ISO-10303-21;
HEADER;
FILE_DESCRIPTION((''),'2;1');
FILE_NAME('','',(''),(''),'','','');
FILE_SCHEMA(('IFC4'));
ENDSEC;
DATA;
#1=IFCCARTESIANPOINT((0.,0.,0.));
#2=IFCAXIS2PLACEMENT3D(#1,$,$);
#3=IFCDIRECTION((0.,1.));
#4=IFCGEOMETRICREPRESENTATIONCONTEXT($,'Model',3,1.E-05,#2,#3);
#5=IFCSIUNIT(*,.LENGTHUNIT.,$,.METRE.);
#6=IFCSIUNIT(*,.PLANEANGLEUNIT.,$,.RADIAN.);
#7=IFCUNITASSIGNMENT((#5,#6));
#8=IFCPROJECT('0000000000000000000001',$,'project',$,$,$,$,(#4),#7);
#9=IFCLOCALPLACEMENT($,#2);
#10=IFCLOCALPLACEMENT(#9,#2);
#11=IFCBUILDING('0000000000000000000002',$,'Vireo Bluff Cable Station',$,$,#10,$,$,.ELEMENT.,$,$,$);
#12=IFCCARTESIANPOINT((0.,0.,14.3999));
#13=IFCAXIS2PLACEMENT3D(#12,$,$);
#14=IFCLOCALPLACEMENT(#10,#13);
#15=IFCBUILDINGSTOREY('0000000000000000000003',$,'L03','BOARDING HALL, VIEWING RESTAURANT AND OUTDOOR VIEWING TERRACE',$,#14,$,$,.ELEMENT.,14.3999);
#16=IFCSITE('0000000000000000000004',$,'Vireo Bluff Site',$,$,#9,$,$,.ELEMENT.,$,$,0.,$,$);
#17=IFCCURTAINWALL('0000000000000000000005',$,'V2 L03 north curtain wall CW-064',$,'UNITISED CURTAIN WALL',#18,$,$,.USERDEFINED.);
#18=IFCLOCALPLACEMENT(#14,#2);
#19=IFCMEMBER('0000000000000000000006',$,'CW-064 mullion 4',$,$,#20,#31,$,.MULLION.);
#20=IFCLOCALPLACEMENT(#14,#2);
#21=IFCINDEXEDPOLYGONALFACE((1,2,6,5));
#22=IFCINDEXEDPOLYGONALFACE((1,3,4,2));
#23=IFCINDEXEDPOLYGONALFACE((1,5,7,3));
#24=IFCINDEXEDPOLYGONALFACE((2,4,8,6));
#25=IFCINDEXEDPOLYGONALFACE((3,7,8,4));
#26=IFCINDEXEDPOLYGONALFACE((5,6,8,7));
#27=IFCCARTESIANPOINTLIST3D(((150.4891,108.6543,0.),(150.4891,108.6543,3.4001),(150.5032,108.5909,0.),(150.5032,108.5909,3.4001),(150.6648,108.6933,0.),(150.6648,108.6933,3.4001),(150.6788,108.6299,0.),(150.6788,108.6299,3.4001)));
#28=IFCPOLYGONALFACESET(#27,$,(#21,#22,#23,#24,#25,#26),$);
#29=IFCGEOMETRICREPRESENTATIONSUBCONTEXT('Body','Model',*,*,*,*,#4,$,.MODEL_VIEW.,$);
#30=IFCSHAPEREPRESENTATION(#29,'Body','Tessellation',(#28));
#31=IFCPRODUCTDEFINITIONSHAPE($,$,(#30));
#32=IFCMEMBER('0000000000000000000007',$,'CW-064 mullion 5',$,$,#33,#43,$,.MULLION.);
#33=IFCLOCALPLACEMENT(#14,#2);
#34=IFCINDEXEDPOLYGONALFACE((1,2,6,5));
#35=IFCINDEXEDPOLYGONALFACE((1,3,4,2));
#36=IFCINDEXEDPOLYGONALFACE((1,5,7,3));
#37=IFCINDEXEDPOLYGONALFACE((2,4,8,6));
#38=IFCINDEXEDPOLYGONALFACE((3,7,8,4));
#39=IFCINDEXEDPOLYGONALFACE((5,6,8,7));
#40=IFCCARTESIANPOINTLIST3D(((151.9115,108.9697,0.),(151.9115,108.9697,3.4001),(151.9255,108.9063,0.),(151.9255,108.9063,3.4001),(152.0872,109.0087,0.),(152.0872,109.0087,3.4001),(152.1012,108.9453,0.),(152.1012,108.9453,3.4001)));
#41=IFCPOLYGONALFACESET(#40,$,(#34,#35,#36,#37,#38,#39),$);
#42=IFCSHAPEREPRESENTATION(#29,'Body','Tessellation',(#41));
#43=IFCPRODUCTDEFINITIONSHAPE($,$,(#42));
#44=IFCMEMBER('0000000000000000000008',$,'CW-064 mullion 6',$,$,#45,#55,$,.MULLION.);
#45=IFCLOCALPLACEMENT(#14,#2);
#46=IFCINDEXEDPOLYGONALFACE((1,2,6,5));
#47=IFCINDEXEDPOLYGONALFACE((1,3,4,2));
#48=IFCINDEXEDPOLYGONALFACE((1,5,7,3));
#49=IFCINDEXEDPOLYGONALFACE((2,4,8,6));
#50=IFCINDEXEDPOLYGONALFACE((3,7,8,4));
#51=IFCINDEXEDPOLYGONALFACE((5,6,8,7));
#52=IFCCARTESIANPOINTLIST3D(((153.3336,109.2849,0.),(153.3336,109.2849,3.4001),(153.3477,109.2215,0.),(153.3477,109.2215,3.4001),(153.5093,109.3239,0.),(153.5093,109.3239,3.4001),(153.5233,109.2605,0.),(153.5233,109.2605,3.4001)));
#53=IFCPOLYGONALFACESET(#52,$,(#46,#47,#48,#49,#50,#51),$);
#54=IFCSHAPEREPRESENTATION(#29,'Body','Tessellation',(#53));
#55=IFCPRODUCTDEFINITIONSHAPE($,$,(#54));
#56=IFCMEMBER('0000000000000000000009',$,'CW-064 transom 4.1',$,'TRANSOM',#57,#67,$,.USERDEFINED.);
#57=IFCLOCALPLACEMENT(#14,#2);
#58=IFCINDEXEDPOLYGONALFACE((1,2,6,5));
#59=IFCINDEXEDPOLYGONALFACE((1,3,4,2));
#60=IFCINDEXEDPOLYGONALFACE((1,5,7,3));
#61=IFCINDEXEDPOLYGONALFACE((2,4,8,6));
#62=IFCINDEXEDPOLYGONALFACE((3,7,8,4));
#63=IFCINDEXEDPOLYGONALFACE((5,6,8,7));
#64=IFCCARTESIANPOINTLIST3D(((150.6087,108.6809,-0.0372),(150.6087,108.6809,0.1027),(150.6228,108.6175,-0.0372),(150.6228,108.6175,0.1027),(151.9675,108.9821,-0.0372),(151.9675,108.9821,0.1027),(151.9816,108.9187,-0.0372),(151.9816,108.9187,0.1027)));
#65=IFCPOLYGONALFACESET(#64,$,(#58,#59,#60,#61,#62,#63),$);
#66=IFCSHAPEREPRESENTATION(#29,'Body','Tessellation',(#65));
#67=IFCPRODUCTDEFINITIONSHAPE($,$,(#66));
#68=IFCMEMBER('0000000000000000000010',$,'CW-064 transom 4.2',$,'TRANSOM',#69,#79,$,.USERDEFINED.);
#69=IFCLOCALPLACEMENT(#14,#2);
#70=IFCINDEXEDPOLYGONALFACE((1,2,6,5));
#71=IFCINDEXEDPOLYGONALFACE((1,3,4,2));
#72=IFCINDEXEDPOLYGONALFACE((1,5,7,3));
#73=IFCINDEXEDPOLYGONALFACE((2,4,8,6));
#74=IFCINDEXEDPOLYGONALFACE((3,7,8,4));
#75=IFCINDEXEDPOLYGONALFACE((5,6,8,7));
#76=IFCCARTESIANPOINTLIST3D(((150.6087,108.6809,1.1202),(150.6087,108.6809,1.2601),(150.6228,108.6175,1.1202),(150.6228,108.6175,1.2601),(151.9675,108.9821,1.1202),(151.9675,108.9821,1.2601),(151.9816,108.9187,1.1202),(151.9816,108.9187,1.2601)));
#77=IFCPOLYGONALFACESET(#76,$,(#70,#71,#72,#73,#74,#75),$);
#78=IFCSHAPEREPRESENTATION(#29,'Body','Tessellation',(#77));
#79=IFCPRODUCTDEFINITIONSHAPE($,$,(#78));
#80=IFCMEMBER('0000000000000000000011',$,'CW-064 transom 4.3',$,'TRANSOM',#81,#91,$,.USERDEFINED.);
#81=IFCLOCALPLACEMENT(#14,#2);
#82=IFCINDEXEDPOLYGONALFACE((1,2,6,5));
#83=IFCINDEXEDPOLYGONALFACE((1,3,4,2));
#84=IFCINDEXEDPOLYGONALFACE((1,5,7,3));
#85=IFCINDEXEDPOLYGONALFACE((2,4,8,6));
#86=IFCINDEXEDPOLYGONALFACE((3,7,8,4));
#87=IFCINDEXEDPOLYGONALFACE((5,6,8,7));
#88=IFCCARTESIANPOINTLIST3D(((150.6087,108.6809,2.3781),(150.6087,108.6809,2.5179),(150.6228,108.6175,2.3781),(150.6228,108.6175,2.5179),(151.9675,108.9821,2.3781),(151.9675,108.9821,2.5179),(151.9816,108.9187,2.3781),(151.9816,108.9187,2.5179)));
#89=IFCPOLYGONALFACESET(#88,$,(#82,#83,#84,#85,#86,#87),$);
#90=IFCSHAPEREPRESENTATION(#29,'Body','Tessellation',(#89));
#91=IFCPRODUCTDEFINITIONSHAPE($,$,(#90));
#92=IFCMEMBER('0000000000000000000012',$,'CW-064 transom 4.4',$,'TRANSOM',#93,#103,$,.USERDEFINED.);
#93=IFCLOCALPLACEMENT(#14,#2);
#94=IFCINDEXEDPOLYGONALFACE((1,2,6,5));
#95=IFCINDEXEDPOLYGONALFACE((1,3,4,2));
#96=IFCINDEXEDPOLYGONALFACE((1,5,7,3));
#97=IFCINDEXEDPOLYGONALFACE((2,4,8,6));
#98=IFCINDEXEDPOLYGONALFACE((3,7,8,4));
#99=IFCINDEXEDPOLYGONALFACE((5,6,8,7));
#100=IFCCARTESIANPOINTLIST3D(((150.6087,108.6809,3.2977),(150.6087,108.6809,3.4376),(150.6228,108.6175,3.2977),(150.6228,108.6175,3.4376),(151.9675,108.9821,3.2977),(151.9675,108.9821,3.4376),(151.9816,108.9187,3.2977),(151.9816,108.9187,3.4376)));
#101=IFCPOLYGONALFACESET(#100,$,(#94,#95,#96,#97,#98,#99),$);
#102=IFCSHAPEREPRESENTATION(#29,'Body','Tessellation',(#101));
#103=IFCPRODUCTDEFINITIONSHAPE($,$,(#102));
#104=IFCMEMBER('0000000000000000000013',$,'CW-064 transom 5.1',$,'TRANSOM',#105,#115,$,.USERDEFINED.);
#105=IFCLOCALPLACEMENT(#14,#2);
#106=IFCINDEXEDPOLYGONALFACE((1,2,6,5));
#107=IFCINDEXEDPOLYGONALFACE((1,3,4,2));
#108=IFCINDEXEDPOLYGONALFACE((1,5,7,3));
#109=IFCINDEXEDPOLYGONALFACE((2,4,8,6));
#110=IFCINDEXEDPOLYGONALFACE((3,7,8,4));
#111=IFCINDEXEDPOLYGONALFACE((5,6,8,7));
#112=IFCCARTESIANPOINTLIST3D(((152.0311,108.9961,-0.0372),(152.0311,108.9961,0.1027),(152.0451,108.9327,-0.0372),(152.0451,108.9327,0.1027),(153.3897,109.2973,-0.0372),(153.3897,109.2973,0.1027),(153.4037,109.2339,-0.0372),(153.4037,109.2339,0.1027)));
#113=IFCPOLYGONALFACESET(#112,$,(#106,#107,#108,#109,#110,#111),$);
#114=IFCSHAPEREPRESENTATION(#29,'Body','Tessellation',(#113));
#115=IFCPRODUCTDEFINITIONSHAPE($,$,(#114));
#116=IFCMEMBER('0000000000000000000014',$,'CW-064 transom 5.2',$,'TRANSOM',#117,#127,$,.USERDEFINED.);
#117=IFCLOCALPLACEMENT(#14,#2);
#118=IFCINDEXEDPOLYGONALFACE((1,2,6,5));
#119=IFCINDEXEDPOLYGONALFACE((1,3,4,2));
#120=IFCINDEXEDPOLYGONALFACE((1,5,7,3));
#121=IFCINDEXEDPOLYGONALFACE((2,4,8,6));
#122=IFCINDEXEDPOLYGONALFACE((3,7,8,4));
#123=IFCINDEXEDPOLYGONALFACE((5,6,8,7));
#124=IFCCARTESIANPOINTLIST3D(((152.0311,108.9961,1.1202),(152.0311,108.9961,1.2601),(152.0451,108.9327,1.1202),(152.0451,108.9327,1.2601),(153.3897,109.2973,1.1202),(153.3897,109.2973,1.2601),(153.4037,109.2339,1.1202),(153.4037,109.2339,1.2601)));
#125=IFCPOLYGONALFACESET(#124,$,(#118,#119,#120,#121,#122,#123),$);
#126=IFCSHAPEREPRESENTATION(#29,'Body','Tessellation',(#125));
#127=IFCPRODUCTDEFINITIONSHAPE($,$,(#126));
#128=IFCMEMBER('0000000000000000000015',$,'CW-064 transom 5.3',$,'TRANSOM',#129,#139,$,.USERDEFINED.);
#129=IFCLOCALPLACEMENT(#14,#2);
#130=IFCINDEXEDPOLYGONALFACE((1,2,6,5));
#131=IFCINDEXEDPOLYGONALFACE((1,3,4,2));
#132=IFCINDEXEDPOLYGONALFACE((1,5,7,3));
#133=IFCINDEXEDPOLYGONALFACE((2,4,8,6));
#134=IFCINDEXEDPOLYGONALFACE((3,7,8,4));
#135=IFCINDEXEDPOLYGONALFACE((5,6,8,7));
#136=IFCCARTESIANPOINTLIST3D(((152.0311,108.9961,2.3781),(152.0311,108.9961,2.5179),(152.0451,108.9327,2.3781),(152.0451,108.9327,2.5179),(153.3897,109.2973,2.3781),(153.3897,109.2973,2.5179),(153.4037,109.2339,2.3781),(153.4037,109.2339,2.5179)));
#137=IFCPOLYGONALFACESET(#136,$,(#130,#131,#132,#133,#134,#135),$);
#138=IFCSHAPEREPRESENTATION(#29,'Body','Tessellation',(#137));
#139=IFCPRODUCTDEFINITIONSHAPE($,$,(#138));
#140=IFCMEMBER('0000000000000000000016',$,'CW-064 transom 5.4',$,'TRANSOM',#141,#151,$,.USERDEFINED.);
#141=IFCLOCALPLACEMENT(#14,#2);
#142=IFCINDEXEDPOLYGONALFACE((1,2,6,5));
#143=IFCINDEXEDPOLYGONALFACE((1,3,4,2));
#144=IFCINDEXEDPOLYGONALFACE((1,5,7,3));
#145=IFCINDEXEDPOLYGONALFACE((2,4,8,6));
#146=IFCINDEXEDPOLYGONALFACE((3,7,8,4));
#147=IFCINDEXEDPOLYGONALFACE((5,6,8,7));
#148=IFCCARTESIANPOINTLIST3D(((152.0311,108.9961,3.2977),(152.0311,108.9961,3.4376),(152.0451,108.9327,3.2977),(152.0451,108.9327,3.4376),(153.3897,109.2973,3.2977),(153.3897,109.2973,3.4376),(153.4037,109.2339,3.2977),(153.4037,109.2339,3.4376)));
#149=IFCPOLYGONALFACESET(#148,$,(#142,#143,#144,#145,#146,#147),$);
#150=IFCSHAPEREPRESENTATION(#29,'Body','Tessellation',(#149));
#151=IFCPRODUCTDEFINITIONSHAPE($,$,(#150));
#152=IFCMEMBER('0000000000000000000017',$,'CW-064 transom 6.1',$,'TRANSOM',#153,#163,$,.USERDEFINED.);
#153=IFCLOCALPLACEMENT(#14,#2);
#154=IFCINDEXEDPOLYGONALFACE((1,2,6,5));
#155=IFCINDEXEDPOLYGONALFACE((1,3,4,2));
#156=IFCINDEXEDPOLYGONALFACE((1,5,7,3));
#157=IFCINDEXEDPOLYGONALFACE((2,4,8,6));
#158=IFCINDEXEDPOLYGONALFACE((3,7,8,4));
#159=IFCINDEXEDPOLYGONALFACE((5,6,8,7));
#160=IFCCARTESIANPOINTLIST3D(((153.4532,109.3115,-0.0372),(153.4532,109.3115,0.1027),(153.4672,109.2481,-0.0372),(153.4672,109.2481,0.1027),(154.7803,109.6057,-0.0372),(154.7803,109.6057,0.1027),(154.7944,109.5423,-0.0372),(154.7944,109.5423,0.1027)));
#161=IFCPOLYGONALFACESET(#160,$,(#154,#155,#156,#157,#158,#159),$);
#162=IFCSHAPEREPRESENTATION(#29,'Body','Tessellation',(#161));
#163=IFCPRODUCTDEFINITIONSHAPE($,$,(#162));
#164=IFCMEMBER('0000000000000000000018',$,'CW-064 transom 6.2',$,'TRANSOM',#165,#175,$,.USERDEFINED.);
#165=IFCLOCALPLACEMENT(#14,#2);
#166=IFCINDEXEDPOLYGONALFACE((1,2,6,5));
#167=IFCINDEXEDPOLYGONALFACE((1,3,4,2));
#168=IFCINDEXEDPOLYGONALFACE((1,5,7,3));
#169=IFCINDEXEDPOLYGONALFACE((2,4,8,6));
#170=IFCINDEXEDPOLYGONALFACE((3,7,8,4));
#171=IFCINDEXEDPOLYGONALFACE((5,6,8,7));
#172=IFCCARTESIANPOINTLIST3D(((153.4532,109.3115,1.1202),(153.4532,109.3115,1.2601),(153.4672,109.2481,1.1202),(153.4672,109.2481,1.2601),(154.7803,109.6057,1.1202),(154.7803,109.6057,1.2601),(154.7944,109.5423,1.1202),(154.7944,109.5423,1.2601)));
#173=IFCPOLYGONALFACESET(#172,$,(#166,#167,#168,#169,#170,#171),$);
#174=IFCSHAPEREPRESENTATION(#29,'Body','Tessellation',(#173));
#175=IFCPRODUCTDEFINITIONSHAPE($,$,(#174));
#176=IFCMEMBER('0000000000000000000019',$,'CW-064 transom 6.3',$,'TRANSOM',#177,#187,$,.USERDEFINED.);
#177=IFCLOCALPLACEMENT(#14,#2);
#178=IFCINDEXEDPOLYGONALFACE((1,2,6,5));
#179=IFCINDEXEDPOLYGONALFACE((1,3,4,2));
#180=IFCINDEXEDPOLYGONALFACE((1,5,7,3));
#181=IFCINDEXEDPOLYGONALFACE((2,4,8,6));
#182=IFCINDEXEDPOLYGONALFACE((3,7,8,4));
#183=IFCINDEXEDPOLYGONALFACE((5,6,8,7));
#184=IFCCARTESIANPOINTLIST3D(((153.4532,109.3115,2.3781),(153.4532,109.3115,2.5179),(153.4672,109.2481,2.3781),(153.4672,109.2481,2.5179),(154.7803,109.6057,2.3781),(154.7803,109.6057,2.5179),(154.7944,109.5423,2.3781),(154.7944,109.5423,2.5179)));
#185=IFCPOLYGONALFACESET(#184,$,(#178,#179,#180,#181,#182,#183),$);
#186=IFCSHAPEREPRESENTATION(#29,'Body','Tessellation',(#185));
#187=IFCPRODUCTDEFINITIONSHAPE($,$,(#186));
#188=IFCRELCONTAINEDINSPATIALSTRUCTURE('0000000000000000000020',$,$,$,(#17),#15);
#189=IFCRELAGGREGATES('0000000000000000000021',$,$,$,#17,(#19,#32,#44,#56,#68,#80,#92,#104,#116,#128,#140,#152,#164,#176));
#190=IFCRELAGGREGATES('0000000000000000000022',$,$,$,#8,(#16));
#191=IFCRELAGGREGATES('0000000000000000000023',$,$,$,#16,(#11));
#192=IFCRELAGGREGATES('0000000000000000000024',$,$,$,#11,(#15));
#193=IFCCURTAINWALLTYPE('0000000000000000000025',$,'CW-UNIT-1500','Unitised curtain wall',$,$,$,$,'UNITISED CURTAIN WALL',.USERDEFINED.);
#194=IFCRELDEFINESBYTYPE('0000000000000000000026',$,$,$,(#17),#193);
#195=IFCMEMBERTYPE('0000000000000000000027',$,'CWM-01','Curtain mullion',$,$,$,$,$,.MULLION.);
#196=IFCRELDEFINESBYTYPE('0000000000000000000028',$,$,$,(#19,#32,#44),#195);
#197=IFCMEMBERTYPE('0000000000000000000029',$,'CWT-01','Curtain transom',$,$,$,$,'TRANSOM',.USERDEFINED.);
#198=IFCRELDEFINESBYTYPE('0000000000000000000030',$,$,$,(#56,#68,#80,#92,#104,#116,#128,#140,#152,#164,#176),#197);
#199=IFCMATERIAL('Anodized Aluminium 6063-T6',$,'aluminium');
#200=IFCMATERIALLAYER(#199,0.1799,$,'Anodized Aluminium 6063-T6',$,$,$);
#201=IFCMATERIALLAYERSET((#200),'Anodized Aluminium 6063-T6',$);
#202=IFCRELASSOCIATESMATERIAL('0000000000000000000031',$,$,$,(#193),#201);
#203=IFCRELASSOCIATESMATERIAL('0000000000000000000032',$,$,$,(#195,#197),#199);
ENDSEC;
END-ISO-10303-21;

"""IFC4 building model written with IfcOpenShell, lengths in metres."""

from ifc_helpers import new_model, si_unit, direction, frame, origin, origin_2d, place, context, subcontext, project, spatial, rectangle, extrude, material, layer, layer_set, material_profile, profile_set, type_object, element, aggregate, save


model = new_model("IFC4")

# Units and contexts
model_context = context("Model", 3, precision=1e-05, world=origin(), true_north=direction((0.0, 1.0)))
body_context = subcontext(model_context, "Body", "Model", "MODEL_VIEW")
ifc_project = project(units=[si_unit("LENGTHUNIT", "METRE"), si_unit("PLANEANGLEUNIT", "RADIAN")], contexts=[model_context])

# Site, building, storey
site_placement = place(None, origin())
site = spatial("IfcSite", under=ifc_project, at=site_placement, Name="Vireo Bluff Site", CompositionType="ELEMENT", RefElevation=0.0)
building_placement = place(site_placement, origin())
building = spatial("IfcBuilding", under=site, at=building_placement, Name="Vireo Bluff Cable Station", CompositionType="ELEMENT")
storey_placement = place(building_placement, frame((0.0, 0.0, 14.3999)))
storey = spatial("IfcBuildingStorey", under=building, at=storey_placement, Name="L03", Description="BOARDING HALL, VIEWING RESTAURANT AND OUTDOOR VIEWING TERRACE", CompositionType="ELEMENT", Elevation=14.3999)

# Curtain wall, members
ifc_material_1 = material(Name="Anodized Aluminium 6063-T6", Category="aluminium")
ifc_layer_1 = layer(ifc_material_1, 0.1799, Name="Anodized Aluminium 6063-T6")
ifc_layer_set_1 = layer_set([ifc_layer_1], Name="Anodized Aluminium 6063-T6")
curtain_wall_type = type_object("IfcCurtainWallType", Name="CW-UNIT-1500", Description="Unitised curtain wall", ElementType="UNITISED CURTAIN WALL", PredefinedType="USERDEFINED", material=ifc_layer_set_1)
curtain_wall_placement = place(storey_placement, origin())
curtain_wall = element("IfcCurtainWall", 1, at=curtain_wall_placement, inside=storey, type_object=curtain_wall_type, Name="V2 L03 north curtain wall CW-064", ObjectType="UNITISED CURTAIN WALL", PredefinedType="USERDEFINED")
ifc_material_profile_1 = material_profile(ifc_material_1, rectangle(XDim=0.0649, YDim=0.1799, at=origin_2d()), Name="ALU-M-65X180")
ifc_profile_set_1 = profile_set([ifc_material_profile_1], Name="Anodized Aluminium 6063-T6")
member_type_1 = type_object("IfcMemberType", Name="CWM-01", Description="Curtain mullion", PredefinedType="MULLION", material=ifc_profile_set_1)
member_1_placement = place(storey_placement, frame((150.584, 108.6421, 0.0), z_axis=(0.0, 0.0, 1.0), x_axis=(-0.21644, 0.976296, 0.0)))
member_1 = element("IfcMember", 2, at=member_1_placement, type_object=member_type_1, Name="CW-064 mullion 4", PredefinedType="MULLION", context=body_context, shape_type="SweptSolid", body=[
    extrude(rectangle(XDim=0.0649, YDim=0.1799, at=origin_2d()), origin(), (0.0, 0.0, 1.0), 3.4001),
])
member_2_placement = place(storey_placement, frame((152.0063, 108.9575, 0.0), z_axis=(0.0, 0.0, 1.0), x_axis=(-0.21644, 0.976296, 0.0)))
member_2 = element("IfcMember", 3, at=member_2_placement, type_object=member_type_1, Name="CW-064 mullion 5", PredefinedType="MULLION", context=body_context, shape_type="SweptSolid", body=[
    extrude(rectangle(XDim=0.0649, YDim=0.1799, at=origin_2d()), origin(), (0.0, 0.0, 1.0), 3.4001),
])
member_3_placement = place(storey_placement, frame((153.4285, 109.2727, 0.0), z_axis=(0.0, 0.0, 1.0), x_axis=(-0.21644, 0.976296, 0.0)))
member_3 = element("IfcMember", 4, at=member_3_placement, type_object=member_type_1, Name="CW-064 mullion 6", PredefinedType="MULLION", context=body_context, shape_type="SweptSolid", body=[
    extrude(rectangle(XDim=0.0649, YDim=0.1799, at=origin_2d()), origin(), (0.0, 0.0, 1.0), 3.4001),
])
ifc_material_profile_2 = material_profile(ifc_material_1, rectangle(XDim=0.0649, YDim=0.1399, at=origin_2d()), Name="ALU-T-65X140")
ifc_profile_set_2 = profile_set([ifc_material_profile_2], Name="Anodized Aluminium 6063-T6")
member_type_2 = type_object("IfcMemberType", Name="CWT-01", Description="Curtain transom", ElementType="TRANSOM", PredefinedType="USERDEFINED", material=ifc_profile_set_2)
member_4_placement = place(storey_placement, frame((150.6157, 108.6492, 0.0327), z_axis=(0.976294, 0.216448, 0.0), x_axis=(-0.216448, 0.976294, 0.0)))
member_4 = element("IfcMember", 5, at=member_4_placement, type_object=member_type_2, Name="CW-064 transom 4.1", ObjectType="TRANSOM", PredefinedType="USERDEFINED", context=body_context, shape_type="SweptSolid", body=[
    extrude(rectangle(XDim=0.0649, YDim=0.1399, at=origin_2d()), origin(), (0.0, 0.0, 1.0), 1.3918),
])
member_5_placement = place(storey_placement, frame((150.6157, 108.6492, 1.1902), z_axis=(0.976294, 0.216448, 0.0), x_axis=(-0.216448, 0.976294, 0.0)))
member_5 = element("IfcMember", 6, at=member_5_placement, type_object=member_type_2, Name="CW-064 transom 4.2", ObjectType="TRANSOM", PredefinedType="USERDEFINED", context=body_context, shape_type="SweptSolid", body=[
    extrude(rectangle(XDim=0.0649, YDim=0.1399, at=origin_2d()), origin(), (0.0, 0.0, 1.0), 1.3918),
])
member_6_placement = place(storey_placement, frame((150.6157, 108.6492, 2.448), z_axis=(0.976294, 0.216448, 0.0), x_axis=(-0.216448, 0.976294, 0.0)))
member_6 = element("IfcMember", 7, at=member_6_placement, type_object=member_type_2, Name="CW-064 transom 4.3", ObjectType="TRANSOM", PredefinedType="USERDEFINED", context=body_context, shape_type="SweptSolid", body=[
    extrude(rectangle(XDim=0.0649, YDim=0.1399, at=origin_2d()), origin(), (0.0, 0.0, 1.0), 1.3918),
])
member_7_placement = place(storey_placement, frame((150.6157, 108.6492, 3.3677), z_axis=(0.976294, 0.216448, 0.0), x_axis=(-0.216448, 0.976294, 0.0)))
member_7 = element("IfcMember", 8, at=member_7_placement, type_object=member_type_2, Name="CW-064 transom 4.4", ObjectType="TRANSOM", PredefinedType="USERDEFINED", context=body_context, shape_type="SweptSolid", body=[
    extrude(rectangle(XDim=0.0649, YDim=0.1399, at=origin_2d()), origin(), (0.0, 0.0, 1.0), 1.3918),
])
member_8_placement = place(storey_placement, frame((152.0381, 108.9644, 0.0327), z_axis=(0.976286, 0.216485, 0.0), x_axis=(-0.216485, 0.976286, 0.0)))
member_8 = element("IfcMember", 9, at=member_8_placement, type_object=member_type_2, Name="CW-064 transom 5.1", ObjectType="TRANSOM", PredefinedType="USERDEFINED", context=body_context, shape_type="SweptSolid", body=[
    extrude(rectangle(XDim=0.0649, YDim=0.1399, at=origin_2d()), origin(), (0.0, 0.0, 1.0), 1.3916),
])
member_9_placement = place(storey_placement, frame((152.0381, 108.9644, 1.1902), z_axis=(0.976286, 0.216485, 0.0), x_axis=(-0.216485, 0.976286, 0.0)))
member_9 = element("IfcMember", 10, at=member_9_placement, type_object=member_type_2, Name="CW-064 transom 5.2", ObjectType="TRANSOM", PredefinedType="USERDEFINED", context=body_context, shape_type="SweptSolid", body=[
    extrude(rectangle(XDim=0.0649, YDim=0.1399, at=origin_2d()), origin(), (0.0, 0.0, 1.0), 1.3916),
])
member_10_placement = place(storey_placement, frame((152.0381, 108.9644, 2.448), z_axis=(0.976286, 0.216485, 0.0), x_axis=(-0.216485, 0.976286, 0.0)))
member_10 = element("IfcMember", 11, at=member_10_placement, type_object=member_type_2, Name="CW-064 transom 5.3", ObjectType="TRANSOM", PredefinedType="USERDEFINED", context=body_context, shape_type="SweptSolid", body=[
    extrude(rectangle(XDim=0.0649, YDim=0.1399, at=origin_2d()), origin(), (0.0, 0.0, 1.0), 1.3916),
])
member_11_placement = place(storey_placement, frame((152.0381, 108.9644, 3.3677), z_axis=(0.976286, 0.216485, 0.0), x_axis=(-0.216485, 0.976286, 0.0)))
member_11 = element("IfcMember", 12, at=member_11_placement, type_object=member_type_2, Name="CW-064 transom 5.4", ObjectType="TRANSOM", PredefinedType="USERDEFINED", context=body_context, shape_type="SweptSolid", body=[
    extrude(rectangle(XDim=0.0649, YDim=0.1399, at=origin_2d()), origin(), (0.0, 0.0, 1.0), 1.3916),
])
member_12_placement = place(storey_placement, frame((153.4602, 109.2798, 0.0327), z_axis=(0.976301, 0.216417, 0.0), x_axis=(-0.216417, 0.976301, 0.0)))
member_12 = element("IfcMember", 13, at=member_12_placement, type_object=member_type_2, Name="CW-064 transom 6.1", ObjectType="TRANSOM", PredefinedType="USERDEFINED", context=body_context, shape_type="SweptSolid", body=[
    extrude(rectangle(XDim=0.0649, YDim=0.1399, at=origin_2d()), origin(), (0.0, 0.0, 1.0), 1.3594),
])
member_13_placement = place(storey_placement, frame((153.4602, 109.2798, 1.1902), z_axis=(0.976301, 0.216417, 0.0), x_axis=(-0.216417, 0.976301, 0.0)))
member_13 = element("IfcMember", 14, at=member_13_placement, type_object=member_type_2, Name="CW-064 transom 6.2", ObjectType="TRANSOM", PredefinedType="USERDEFINED", context=body_context, shape_type="SweptSolid", body=[
    extrude(rectangle(XDim=0.0649, YDim=0.1399, at=origin_2d()), origin(), (0.0, 0.0, 1.0), 1.3594),
])
member_14_placement = place(storey_placement, frame((153.4602, 109.2798, 2.448), z_axis=(0.976301, 0.216417, 0.0), x_axis=(-0.216417, 0.976301, 0.0)))
member_14 = element("IfcMember", 15, at=member_14_placement, type_object=member_type_2, Name="CW-064 transom 6.3", ObjectType="TRANSOM", PredefinedType="USERDEFINED", context=body_context, shape_type="SweptSolid", body=[
    extrude(rectangle(XDim=0.0649, YDim=0.1399, at=origin_2d()), origin(), (0.0, 0.0, 1.0), 1.3594),
])
aggregate(curtain_wall, [member_1, member_2, member_3, member_4, member_5, member_6, member_7, member_8, member_9, member_10, member_11, member_12, member_13, member_14])

save(model, "model.ifc")
